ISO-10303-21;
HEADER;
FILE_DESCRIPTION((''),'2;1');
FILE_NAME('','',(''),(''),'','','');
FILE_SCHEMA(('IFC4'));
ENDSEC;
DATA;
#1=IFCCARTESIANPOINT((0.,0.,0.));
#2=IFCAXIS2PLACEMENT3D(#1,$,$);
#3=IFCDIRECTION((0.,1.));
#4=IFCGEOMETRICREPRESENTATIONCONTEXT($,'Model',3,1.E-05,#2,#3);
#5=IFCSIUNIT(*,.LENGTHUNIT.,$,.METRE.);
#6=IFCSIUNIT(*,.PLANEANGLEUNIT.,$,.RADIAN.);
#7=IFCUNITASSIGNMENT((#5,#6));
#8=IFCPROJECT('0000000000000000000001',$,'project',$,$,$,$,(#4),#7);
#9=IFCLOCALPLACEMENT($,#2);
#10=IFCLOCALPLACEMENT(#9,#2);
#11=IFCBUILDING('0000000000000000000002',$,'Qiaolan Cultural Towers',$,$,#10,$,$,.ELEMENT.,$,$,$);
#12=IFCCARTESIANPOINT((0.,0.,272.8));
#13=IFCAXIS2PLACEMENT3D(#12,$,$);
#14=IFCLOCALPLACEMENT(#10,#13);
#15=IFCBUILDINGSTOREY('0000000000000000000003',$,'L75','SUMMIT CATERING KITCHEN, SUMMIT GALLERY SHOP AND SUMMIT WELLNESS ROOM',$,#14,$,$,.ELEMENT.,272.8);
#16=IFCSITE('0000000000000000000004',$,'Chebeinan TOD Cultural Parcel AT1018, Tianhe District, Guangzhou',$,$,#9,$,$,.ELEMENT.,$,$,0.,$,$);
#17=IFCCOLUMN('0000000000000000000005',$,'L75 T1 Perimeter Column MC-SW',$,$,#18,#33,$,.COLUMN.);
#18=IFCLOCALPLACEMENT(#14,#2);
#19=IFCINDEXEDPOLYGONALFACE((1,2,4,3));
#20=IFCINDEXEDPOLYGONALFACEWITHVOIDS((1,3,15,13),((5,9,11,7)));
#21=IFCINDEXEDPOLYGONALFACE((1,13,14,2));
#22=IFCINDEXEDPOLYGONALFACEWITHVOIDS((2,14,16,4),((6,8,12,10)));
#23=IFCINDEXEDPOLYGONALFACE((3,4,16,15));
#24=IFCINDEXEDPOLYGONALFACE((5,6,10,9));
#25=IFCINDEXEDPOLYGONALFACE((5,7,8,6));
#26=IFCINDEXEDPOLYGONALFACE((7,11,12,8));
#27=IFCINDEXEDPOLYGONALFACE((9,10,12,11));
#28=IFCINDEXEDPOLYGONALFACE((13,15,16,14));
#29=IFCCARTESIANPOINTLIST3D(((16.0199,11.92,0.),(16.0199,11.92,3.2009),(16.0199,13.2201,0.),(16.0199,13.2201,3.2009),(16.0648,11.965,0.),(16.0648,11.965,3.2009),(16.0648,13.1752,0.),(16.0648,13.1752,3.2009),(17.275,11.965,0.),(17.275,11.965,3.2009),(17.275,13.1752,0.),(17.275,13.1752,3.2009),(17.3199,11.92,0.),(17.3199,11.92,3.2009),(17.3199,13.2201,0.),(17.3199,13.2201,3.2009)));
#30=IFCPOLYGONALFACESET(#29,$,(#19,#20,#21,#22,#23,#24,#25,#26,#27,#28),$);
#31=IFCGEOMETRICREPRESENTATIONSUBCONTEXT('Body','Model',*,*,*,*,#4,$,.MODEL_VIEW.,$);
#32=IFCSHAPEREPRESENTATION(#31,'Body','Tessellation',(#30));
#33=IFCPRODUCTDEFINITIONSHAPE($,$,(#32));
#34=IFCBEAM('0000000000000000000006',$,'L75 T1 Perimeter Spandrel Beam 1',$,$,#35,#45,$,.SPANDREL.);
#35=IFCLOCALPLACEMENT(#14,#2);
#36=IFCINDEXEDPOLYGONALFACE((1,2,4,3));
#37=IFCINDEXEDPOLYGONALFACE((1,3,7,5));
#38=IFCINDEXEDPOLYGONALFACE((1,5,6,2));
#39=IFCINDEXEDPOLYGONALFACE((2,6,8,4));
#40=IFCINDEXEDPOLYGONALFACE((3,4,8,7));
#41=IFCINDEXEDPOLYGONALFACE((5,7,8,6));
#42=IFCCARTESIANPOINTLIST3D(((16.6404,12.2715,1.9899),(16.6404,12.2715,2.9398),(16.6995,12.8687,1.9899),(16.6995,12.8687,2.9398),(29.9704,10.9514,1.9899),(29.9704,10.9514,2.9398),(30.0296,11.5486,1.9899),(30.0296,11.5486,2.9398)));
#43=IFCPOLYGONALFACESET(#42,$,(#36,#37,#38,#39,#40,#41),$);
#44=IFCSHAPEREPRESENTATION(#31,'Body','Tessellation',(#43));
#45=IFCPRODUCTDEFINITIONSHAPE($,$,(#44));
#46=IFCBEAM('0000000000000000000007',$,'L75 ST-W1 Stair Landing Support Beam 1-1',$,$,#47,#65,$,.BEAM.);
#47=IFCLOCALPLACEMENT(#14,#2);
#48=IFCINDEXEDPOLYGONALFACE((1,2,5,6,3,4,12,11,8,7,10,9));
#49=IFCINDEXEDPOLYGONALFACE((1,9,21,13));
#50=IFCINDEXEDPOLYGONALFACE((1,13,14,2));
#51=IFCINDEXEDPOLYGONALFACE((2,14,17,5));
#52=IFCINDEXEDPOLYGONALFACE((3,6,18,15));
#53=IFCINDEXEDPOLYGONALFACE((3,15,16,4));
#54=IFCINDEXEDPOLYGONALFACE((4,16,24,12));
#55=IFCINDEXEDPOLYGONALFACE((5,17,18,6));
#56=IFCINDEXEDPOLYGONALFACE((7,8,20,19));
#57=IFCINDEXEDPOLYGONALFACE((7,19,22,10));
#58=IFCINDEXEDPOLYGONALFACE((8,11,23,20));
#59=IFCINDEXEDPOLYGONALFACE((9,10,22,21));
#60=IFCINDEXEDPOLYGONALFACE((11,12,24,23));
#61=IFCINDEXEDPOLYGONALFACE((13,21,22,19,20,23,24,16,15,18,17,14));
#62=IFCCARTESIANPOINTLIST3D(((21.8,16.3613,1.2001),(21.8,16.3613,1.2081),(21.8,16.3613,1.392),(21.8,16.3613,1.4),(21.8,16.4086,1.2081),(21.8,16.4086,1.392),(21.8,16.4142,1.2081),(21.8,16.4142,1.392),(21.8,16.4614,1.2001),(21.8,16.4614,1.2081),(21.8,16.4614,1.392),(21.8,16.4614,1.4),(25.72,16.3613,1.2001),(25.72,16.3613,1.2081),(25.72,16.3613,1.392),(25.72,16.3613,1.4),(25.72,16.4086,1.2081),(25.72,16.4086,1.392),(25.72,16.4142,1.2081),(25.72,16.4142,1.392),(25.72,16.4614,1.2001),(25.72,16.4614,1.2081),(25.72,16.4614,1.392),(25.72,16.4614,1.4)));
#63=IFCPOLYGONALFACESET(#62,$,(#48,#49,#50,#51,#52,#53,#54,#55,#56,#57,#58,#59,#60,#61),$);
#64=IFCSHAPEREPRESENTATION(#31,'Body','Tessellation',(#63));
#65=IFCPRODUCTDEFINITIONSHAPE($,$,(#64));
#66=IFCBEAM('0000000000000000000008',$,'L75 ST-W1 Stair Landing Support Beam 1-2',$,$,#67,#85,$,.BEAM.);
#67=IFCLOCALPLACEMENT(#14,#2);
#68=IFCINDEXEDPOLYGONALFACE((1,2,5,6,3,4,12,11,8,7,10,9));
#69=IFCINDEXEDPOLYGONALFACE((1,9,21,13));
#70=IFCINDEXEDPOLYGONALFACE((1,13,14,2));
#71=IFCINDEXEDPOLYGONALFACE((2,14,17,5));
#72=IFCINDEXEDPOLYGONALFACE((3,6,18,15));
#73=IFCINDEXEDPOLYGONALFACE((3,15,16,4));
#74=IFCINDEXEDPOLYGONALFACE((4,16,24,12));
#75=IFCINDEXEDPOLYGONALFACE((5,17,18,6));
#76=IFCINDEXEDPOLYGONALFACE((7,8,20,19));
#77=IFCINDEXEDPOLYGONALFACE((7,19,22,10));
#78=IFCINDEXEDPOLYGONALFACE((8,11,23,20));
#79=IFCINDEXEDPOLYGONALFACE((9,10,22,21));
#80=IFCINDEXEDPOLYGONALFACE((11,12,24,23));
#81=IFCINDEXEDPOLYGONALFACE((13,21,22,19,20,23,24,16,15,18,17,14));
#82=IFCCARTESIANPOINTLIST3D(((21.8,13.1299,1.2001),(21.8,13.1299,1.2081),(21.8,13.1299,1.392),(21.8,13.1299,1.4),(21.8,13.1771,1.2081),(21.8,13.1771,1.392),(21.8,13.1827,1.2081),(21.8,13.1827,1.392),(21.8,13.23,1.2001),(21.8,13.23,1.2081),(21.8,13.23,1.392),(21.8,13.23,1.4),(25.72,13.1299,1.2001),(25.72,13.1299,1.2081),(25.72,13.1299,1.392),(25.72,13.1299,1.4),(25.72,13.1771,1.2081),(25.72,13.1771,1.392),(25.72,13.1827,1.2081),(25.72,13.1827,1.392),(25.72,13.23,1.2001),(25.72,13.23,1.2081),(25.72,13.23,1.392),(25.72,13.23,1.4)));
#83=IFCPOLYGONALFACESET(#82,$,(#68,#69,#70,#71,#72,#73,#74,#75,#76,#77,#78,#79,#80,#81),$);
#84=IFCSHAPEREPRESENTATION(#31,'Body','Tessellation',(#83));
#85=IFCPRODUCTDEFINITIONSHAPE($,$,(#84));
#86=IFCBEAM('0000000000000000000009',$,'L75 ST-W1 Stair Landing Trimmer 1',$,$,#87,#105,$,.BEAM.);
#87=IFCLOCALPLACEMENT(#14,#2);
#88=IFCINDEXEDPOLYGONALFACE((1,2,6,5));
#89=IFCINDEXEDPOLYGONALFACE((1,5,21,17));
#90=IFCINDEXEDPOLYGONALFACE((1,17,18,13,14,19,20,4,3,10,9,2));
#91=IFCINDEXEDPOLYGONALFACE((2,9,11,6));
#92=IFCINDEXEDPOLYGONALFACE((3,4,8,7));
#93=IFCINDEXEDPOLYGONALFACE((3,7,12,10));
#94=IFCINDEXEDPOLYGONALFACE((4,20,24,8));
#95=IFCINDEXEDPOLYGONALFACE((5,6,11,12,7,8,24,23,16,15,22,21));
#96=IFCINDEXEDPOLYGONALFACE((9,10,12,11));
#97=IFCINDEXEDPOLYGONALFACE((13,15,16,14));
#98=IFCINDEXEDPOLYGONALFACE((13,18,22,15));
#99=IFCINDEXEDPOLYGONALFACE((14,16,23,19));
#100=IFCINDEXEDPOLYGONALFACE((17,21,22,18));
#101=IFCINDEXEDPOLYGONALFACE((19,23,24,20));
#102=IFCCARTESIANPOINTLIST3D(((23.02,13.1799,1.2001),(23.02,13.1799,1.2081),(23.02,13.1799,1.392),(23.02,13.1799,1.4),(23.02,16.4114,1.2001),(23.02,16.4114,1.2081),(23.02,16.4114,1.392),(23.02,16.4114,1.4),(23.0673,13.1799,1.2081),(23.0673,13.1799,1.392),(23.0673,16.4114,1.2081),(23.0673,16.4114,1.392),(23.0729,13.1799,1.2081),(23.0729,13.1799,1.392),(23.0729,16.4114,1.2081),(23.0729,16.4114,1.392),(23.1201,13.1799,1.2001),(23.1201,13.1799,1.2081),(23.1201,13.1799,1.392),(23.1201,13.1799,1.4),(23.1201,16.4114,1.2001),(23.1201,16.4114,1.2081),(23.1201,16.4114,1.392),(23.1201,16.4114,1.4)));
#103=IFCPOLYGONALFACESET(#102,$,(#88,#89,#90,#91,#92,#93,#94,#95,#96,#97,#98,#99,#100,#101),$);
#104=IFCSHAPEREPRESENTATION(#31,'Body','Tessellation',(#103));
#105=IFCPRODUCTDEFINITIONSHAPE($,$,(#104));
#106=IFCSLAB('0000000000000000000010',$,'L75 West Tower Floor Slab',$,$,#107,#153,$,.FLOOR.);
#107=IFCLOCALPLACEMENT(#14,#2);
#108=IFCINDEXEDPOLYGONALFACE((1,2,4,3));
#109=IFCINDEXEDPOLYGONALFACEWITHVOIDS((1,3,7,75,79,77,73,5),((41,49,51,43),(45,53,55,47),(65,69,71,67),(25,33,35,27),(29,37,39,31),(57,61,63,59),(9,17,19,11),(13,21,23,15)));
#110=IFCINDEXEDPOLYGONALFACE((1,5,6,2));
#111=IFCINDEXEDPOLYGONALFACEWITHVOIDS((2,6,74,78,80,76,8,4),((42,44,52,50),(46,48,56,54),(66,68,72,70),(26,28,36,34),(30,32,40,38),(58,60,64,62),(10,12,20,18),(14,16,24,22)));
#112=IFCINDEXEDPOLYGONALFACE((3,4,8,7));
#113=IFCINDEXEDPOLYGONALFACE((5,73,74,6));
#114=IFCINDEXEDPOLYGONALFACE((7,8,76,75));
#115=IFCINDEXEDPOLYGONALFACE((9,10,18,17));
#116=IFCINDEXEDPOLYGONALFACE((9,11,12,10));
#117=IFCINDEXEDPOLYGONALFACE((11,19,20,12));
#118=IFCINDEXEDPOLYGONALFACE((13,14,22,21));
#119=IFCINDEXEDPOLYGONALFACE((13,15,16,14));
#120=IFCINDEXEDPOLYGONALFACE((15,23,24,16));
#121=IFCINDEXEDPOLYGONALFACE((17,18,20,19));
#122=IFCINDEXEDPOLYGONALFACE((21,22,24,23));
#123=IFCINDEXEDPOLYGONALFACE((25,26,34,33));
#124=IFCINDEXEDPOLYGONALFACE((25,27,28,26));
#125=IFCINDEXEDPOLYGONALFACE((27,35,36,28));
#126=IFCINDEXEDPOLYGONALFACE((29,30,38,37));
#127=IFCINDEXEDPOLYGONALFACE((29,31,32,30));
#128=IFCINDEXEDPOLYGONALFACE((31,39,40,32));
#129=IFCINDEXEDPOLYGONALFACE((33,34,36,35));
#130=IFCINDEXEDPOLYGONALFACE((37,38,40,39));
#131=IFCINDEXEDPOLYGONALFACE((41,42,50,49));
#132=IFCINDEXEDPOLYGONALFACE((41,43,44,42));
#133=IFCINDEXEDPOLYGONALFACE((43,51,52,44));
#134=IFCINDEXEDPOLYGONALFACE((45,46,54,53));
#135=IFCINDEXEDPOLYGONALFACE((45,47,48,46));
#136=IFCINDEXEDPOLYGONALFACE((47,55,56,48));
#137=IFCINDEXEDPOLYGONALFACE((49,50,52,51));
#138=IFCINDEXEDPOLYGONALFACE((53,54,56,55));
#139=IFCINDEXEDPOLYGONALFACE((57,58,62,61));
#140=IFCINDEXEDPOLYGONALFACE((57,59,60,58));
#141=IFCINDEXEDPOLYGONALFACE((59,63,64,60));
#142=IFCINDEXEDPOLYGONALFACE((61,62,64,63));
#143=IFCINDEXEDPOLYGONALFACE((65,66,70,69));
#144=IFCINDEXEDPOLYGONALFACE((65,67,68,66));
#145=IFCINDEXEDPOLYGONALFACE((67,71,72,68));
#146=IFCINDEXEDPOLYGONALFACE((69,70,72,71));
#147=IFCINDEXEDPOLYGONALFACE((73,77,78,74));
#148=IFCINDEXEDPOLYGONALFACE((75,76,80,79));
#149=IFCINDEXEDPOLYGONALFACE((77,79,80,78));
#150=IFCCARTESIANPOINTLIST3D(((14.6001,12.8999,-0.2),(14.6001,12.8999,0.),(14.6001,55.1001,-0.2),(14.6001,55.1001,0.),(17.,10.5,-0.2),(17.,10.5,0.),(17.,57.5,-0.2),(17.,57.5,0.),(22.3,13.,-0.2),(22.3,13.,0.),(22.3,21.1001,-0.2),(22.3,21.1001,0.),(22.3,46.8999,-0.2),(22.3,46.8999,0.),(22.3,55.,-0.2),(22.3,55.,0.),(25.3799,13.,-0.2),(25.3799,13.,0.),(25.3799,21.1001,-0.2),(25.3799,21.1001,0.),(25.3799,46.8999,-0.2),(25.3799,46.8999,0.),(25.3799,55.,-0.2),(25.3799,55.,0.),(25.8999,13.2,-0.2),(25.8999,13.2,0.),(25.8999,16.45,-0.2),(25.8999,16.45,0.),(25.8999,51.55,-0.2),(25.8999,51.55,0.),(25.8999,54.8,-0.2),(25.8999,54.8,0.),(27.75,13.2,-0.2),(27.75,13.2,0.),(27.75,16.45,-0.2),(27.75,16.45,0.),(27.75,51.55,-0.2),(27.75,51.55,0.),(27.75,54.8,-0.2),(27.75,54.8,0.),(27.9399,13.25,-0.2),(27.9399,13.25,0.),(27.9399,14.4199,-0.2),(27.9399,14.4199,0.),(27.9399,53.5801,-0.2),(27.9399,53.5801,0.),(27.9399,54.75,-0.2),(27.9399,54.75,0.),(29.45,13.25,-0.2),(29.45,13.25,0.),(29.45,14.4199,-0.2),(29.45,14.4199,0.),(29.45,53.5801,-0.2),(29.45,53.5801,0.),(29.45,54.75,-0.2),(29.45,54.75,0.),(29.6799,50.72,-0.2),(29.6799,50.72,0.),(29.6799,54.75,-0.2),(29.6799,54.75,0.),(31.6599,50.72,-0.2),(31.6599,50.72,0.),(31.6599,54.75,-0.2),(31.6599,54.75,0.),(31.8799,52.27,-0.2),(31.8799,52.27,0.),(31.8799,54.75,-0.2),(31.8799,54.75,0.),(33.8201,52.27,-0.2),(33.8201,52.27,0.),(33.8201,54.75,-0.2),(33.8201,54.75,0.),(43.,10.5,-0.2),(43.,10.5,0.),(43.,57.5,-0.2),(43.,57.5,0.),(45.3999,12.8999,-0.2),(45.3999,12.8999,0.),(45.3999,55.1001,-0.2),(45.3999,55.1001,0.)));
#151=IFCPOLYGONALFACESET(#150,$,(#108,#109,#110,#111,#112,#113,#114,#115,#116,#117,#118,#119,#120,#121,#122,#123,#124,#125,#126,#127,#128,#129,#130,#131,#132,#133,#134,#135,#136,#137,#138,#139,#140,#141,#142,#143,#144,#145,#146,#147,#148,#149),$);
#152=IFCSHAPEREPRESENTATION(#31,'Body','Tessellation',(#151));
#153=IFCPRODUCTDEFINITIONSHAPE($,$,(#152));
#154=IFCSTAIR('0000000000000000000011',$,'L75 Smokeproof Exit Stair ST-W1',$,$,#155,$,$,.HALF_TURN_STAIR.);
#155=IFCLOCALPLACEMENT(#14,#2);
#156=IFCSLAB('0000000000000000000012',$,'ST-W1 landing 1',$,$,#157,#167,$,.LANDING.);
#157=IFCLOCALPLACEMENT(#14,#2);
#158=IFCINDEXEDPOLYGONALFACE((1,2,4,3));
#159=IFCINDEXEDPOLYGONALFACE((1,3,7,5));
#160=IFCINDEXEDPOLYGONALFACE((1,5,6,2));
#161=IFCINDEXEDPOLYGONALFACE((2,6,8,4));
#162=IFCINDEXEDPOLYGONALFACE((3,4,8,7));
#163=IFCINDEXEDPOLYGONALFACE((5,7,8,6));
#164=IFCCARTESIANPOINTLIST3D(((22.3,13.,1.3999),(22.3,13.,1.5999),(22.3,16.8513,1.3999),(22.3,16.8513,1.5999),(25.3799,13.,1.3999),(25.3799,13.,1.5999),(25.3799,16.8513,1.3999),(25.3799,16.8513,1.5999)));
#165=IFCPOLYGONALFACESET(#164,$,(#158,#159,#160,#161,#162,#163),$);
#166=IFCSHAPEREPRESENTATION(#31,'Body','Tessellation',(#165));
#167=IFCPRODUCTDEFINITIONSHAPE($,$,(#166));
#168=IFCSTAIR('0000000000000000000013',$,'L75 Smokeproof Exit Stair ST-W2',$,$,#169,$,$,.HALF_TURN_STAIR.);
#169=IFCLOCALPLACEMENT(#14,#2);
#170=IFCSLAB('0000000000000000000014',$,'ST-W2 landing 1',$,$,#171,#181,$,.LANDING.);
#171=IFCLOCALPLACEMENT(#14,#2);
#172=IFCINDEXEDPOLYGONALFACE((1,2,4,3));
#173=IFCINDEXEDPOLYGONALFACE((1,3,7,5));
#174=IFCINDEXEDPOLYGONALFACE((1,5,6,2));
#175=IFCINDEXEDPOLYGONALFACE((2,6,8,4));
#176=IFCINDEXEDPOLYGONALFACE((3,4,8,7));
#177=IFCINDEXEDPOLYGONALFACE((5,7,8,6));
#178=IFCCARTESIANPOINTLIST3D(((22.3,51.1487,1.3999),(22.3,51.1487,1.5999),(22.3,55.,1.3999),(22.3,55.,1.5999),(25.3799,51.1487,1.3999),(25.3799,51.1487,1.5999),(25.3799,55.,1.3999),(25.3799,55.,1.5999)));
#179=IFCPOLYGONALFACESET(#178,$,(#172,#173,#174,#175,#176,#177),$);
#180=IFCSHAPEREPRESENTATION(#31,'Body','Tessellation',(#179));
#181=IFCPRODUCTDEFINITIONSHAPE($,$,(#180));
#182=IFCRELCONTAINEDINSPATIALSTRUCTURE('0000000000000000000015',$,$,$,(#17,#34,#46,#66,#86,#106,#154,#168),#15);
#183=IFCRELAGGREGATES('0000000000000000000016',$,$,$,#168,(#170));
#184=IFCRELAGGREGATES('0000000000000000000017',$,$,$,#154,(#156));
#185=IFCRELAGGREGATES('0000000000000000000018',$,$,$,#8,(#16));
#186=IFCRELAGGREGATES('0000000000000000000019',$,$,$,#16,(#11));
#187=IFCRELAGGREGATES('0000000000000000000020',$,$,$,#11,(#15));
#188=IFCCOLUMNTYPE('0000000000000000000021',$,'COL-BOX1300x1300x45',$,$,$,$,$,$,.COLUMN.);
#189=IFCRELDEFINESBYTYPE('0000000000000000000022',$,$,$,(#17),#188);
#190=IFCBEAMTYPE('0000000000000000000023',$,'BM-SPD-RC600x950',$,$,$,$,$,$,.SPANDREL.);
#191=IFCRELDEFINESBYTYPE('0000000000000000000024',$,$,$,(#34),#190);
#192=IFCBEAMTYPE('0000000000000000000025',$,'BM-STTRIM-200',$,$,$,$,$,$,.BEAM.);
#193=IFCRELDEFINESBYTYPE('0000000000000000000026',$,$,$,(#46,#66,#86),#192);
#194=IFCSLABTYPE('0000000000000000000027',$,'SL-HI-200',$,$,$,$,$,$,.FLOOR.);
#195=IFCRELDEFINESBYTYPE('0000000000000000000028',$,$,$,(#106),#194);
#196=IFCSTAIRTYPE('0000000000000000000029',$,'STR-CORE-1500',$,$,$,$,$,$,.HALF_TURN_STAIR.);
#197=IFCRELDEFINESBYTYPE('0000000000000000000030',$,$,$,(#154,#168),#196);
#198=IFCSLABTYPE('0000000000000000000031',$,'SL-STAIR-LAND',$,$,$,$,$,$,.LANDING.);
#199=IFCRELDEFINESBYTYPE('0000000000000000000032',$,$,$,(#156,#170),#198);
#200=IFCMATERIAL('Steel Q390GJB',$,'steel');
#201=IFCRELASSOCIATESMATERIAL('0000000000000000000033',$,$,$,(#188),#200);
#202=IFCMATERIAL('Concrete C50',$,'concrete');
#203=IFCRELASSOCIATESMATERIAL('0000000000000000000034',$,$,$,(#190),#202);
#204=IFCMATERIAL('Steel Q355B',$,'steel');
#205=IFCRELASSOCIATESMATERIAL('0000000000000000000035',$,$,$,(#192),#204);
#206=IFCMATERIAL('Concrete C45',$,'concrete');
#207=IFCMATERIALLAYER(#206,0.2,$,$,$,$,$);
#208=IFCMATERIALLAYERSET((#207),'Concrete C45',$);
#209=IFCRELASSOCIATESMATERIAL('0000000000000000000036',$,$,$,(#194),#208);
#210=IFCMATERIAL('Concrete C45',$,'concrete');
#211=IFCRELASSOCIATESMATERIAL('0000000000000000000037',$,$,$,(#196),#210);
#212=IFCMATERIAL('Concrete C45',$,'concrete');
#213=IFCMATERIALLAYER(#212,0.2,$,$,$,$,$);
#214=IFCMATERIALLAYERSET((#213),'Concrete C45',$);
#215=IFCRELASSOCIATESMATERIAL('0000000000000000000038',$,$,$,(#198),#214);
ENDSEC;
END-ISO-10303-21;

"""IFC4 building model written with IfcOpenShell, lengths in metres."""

from ifc_helpers import new_model, si_unit, direction, frame, origin, origin_2d, place, context, subcontext, project, spatial, polyline, rectangle, hollow_rectangle, i_section, outline, extrude, material, layer, layer_set, material_profile, profile_set, type_object, element, aggregate, save


model = new_model("IFC4")

# Units and contexts
model_context = context("Model", 3, precision=1e-05, world=origin(), true_north=direction((0.0, 1.0)))
body_context = subcontext(model_context, "Body", "Model", "MODEL_VIEW")
ifc_project = project(units=[si_unit("LENGTHUNIT", "METRE"), si_unit("PLANEANGLEUNIT", "RADIAN")], contexts=[model_context])

# Site, building, storey
site_placement = place(None, origin())
site = spatial("IfcSite", under=ifc_project, at=site_placement, Name="Chebeinan TOD Cultural Parcel AT1018, Tianhe District, Guangzhou", CompositionType="ELEMENT", RefElevation=0.0)
building_placement = place(site_placement, origin())
building = spatial("IfcBuilding", under=site, at=building_placement, Name="Qiaolan Cultural Towers", CompositionType="ELEMENT")
storey_placement = place(building_placement, frame((0.0, 0.0, 272.8)))
storey = spatial("IfcBuildingStorey", under=building, at=storey_placement, Name="L75", Description="SUMMIT CATERING KITCHEN, SUMMIT GALLERY SHOP AND SUMMIT WELLNESS ROOM", CompositionType="ELEMENT", Elevation=272.8)

# Column
ifc_material_1 = material(Name="Steel Q390GJB", Category="steel")
ifc_material_profile_1 = material_profile(ifc_material_1, hollow_rectangle(XDim=1.3, YDim=1.3, WallThickness=0.0449, at=origin_2d()), Name="BOX1300x1300x45")
ifc_profile_set_1 = profile_set([ifc_material_profile_1], Name="Steel Q390GJB")
column_type = type_object("IfcColumnType", Name="COL-BOX1300x1300x45", PredefinedType="COLUMN", material=ifc_profile_set_1)
column_placement = place(storey_placement, frame((16.6699, 12.5701, 0.0), z_axis=(0.0, 0.0, 1.0), x_axis=(1.0, 0.0, 0.0)))
element("IfcColumn", 1, at=column_placement, inside=storey, type_object=column_type, Name="L75 T1 Perimeter Column MC-SW", PredefinedType="COLUMN", context=body_context, shape_type="SweptSolid", body=[
    extrude(hollow_rectangle(XDim=1.3, YDim=1.3, WallThickness=0.0449, at=origin_2d()), origin(), (0.0, 0.0, 1.0), 3.2009),
])

# Beams
ifc_material_2 = material(Name="Concrete C50", Category="concrete")
ifc_material_profile_2 = material_profile(ifc_material_2, rectangle(XDim=0.6001, YDim=0.95, at=origin_2d()), Name="RC600x950")
ifc_profile_set_2 = profile_set([ifc_material_profile_2], Name="Concrete C50")
beam_type_1 = type_object("IfcBeamType", Name="BM-SPD-RC600x950", PredefinedType="SPANDREL", material=ifc_profile_set_2)
beam_1_placement = place(storey_placement, frame((16.6699, 12.5701, 2.4648), z_axis=(0.995132, -0.098547, 0.0), x_axis=(0.098547, 0.995132, 0.0)))
element("IfcBeam", 2, at=beam_1_placement, inside=storey, type_object=beam_type_1, Name="L75 T1 Perimeter Spandrel Beam 1", PredefinedType="SPANDREL", context=body_context, shape_type="SweptSolid", body=[
    extrude(rectangle(XDim=0.6001, YDim=0.95, at=origin_2d()), origin(), (0.0, 0.0, 1.0), 13.3953),
])
ifc_material_3 = material(Name="Steel Q355B", Category="steel")
ifc_material_profile_3 = material_profile(ifc_material_3, i_section(OverallWidth=0.1001, OverallDepth=0.2, WebThickness=0.0056, FlangeThickness=0.0081, at=origin_2d()), Name="HN200x100x5.5x8")
ifc_profile_set_3 = profile_set([ifc_material_profile_3], Name="Steel Q355B")
beam_type_2 = type_object("IfcBeamType", Name="BM-STTRIM-200", PredefinedType="BEAM", material=ifc_profile_set_3)
for number, where, z_axis, x_axis, name in (
    (3, (21.8, 16.4114, 1.3), (1.0, 0.0, 0.0), (0.0, 1.0, 0.0), "L75 ST-W1 Stair Landing Support Beam 1-1"),
    (4, (21.8, 13.1799, 1.3), (1.0, 0.0, 0.0), (0.0, 1.0, 0.0), "L75 ST-W1 Stair Landing Support Beam 1-2"),
):
    element("IfcBeam", number, at=place(storey_placement, frame(where, z_axis=z_axis, x_axis=x_axis)), inside=storey, type_object=beam_type_2, Name=name, PredefinedType="BEAM", context=body_context, shape_type="SweptSolid", body=[
        extrude(i_section(OverallWidth=0.1001, OverallDepth=0.2, WebThickness=0.0056, FlangeThickness=0.0081, at=origin_2d()), origin(), (0.0, 0.0, 1.0), 3.9199),
    ])
beam_2_placement = place(storey_placement, frame((23.0701, 16.4114, 1.3), z_axis=(0.0, -1.0, 0.0), x_axis=(1.0, 0.0, 0.0)))
element("IfcBeam", 5, at=beam_2_placement, inside=storey, type_object=beam_type_2, Name="L75 ST-W1 Stair Landing Trimmer 1", PredefinedType="BEAM", context=body_context, shape_type="SweptSolid", body=[
    extrude(i_section(OverallWidth=0.1001, OverallDepth=0.2, WebThickness=0.0056, FlangeThickness=0.0081, at=origin_2d()), origin(), (0.0, 0.0, 1.0), 3.2314),
])

# Slab
ifc_material_4 = material(Name="Concrete C45", Category="concrete")
ifc_layer_1 = layer(ifc_material_4, 0.2)
ifc_layer_set_1 = layer_set([ifc_layer_1], Name="Concrete C45")
slab_type_1 = type_object("IfcSlabType", Name="SL-HI-200", PredefinedType="FLOOR", material=ifc_layer_set_1)
slab_1_placement = place(storey_placement, frame((0.0, 0.0, -0.2)))
element("IfcSlab", 6, at=slab_1_placement, inside=storey, type_object=slab_type_1, Name="L75 West Tower Floor Slab", PredefinedType="FLOOR", context=body_context, shape_type="SweptSolid", body=[
    extrude(outline(polyline([(17.0, 10.5), (43.0, 10.5), (45.3999, 12.8999), (45.3999, 55.1001), (43.0, 57.5), (17.0, 57.5), (14.6001, 55.1001), (14.6001, 12.8999), (17.0, 10.5)]), holes=[polyline([(22.3, 21.1001), (22.3, 13.0), (25.3799, 13.0), (25.3799, 21.1001), (22.3, 21.1001)]), polyline([(25.3799, 46.8999), (25.3799, 55.0), (22.3, 55.0), (22.3, 46.8999), (25.3799, 46.8999)]), polyline([(25.8999, 13.2), (27.75, 13.2), (27.75, 16.45), (25.8999, 16.45), (25.8999, 13.2)]), polyline([(27.9399, 13.25), (29.45, 13.25), (29.45, 14.4199), (27.9399, 14.4199), (27.9399, 13.25)]), polyline([(25.8999, 51.55), (27.75, 51.55), (27.75, 54.8), (25.8999, 54.8), (25.8999, 51.55)]), polyline([(27.9399, 53.5801), (29.45, 53.5801), (29.45, 54.75), (27.9399, 54.75), (27.9399, 53.5801)]), polyline([(31.8799, 52.27), (33.8201, 52.27), (33.8201, 54.75), (31.8799, 54.75), (31.8799, 52.27)]), polyline([(29.6799, 50.72), (31.6599, 50.72), (31.6599, 54.75), (29.6799, 54.75), (29.6799, 50.72)])]), origin(), (0.0, 0.0, 1.0), 0.2),
])

# Stairs, slabs
ifc_material_5 = material(Name="Concrete C45", Category="concrete")
stair_type = type_object("IfcStairType", Name="STR-CORE-1500", PredefinedType="HALF_TURN_STAIR", material=ifc_material_5)
stair_1_placement = place(storey_placement, origin())
stair_1 = element("IfcStair", 7, at=stair_1_placement, inside=storey, type_object=stair_type, Name="L75 Smokeproof Exit Stair ST-W1", PredefinedType="HALF_TURN_STAIR")
ifc_material_6 = material(Name="Concrete C45", Category="concrete")
ifc_layer_2 = layer(ifc_material_6, 0.2)
ifc_layer_set_2 = layer_set([ifc_layer_2], Name="Concrete C45")
slab_type_2 = type_object("IfcSlabType", Name="SL-STAIR-LAND", PredefinedType="LANDING", material=ifc_layer_set_2)
slab_2_placement = place(storey_placement, frame((0.0, 0.0, 1.3999)))
slab_2 = element("IfcSlab", 8, at=slab_2_placement, type_object=slab_type_2, Name="ST-W1 landing 1", PredefinedType="LANDING", context=body_context, shape_type="SweptSolid", body=[
    extrude(outline(polyline([(22.3, 16.8513), (22.3, 13.0), (25.3799, 13.0), (25.3799, 16.8513), (22.3, 16.8513)])), origin(), (0.0, 0.0, 1.0), 0.2),
])
stair_2_placement = place(storey_placement, origin())
stair_2 = element("IfcStair", 9, at=stair_2_placement, inside=storey, type_object=stair_type, Name="L75 Smokeproof Exit Stair ST-W2", PredefinedType="HALF_TURN_STAIR")
slab_3_placement = place(storey_placement, frame((0.0, 0.0, 1.3999)))
slab_3 = element("IfcSlab", 10, at=slab_3_placement, type_object=slab_type_2, Name="ST-W2 landing 1", PredefinedType="LANDING", context=body_context, shape_type="SweptSolid", body=[
    extrude(outline(polyline([(25.3799, 51.1487), (25.3799, 55.0), (22.3, 55.0), (22.3, 51.1487), (25.3799, 51.1487)])), origin(), (0.0, 0.0, 1.0), 0.2),
])
aggregate(stair_2, [slab_3])

aggregate(stair_1, [slab_2])

save(model, "model.ifc")
